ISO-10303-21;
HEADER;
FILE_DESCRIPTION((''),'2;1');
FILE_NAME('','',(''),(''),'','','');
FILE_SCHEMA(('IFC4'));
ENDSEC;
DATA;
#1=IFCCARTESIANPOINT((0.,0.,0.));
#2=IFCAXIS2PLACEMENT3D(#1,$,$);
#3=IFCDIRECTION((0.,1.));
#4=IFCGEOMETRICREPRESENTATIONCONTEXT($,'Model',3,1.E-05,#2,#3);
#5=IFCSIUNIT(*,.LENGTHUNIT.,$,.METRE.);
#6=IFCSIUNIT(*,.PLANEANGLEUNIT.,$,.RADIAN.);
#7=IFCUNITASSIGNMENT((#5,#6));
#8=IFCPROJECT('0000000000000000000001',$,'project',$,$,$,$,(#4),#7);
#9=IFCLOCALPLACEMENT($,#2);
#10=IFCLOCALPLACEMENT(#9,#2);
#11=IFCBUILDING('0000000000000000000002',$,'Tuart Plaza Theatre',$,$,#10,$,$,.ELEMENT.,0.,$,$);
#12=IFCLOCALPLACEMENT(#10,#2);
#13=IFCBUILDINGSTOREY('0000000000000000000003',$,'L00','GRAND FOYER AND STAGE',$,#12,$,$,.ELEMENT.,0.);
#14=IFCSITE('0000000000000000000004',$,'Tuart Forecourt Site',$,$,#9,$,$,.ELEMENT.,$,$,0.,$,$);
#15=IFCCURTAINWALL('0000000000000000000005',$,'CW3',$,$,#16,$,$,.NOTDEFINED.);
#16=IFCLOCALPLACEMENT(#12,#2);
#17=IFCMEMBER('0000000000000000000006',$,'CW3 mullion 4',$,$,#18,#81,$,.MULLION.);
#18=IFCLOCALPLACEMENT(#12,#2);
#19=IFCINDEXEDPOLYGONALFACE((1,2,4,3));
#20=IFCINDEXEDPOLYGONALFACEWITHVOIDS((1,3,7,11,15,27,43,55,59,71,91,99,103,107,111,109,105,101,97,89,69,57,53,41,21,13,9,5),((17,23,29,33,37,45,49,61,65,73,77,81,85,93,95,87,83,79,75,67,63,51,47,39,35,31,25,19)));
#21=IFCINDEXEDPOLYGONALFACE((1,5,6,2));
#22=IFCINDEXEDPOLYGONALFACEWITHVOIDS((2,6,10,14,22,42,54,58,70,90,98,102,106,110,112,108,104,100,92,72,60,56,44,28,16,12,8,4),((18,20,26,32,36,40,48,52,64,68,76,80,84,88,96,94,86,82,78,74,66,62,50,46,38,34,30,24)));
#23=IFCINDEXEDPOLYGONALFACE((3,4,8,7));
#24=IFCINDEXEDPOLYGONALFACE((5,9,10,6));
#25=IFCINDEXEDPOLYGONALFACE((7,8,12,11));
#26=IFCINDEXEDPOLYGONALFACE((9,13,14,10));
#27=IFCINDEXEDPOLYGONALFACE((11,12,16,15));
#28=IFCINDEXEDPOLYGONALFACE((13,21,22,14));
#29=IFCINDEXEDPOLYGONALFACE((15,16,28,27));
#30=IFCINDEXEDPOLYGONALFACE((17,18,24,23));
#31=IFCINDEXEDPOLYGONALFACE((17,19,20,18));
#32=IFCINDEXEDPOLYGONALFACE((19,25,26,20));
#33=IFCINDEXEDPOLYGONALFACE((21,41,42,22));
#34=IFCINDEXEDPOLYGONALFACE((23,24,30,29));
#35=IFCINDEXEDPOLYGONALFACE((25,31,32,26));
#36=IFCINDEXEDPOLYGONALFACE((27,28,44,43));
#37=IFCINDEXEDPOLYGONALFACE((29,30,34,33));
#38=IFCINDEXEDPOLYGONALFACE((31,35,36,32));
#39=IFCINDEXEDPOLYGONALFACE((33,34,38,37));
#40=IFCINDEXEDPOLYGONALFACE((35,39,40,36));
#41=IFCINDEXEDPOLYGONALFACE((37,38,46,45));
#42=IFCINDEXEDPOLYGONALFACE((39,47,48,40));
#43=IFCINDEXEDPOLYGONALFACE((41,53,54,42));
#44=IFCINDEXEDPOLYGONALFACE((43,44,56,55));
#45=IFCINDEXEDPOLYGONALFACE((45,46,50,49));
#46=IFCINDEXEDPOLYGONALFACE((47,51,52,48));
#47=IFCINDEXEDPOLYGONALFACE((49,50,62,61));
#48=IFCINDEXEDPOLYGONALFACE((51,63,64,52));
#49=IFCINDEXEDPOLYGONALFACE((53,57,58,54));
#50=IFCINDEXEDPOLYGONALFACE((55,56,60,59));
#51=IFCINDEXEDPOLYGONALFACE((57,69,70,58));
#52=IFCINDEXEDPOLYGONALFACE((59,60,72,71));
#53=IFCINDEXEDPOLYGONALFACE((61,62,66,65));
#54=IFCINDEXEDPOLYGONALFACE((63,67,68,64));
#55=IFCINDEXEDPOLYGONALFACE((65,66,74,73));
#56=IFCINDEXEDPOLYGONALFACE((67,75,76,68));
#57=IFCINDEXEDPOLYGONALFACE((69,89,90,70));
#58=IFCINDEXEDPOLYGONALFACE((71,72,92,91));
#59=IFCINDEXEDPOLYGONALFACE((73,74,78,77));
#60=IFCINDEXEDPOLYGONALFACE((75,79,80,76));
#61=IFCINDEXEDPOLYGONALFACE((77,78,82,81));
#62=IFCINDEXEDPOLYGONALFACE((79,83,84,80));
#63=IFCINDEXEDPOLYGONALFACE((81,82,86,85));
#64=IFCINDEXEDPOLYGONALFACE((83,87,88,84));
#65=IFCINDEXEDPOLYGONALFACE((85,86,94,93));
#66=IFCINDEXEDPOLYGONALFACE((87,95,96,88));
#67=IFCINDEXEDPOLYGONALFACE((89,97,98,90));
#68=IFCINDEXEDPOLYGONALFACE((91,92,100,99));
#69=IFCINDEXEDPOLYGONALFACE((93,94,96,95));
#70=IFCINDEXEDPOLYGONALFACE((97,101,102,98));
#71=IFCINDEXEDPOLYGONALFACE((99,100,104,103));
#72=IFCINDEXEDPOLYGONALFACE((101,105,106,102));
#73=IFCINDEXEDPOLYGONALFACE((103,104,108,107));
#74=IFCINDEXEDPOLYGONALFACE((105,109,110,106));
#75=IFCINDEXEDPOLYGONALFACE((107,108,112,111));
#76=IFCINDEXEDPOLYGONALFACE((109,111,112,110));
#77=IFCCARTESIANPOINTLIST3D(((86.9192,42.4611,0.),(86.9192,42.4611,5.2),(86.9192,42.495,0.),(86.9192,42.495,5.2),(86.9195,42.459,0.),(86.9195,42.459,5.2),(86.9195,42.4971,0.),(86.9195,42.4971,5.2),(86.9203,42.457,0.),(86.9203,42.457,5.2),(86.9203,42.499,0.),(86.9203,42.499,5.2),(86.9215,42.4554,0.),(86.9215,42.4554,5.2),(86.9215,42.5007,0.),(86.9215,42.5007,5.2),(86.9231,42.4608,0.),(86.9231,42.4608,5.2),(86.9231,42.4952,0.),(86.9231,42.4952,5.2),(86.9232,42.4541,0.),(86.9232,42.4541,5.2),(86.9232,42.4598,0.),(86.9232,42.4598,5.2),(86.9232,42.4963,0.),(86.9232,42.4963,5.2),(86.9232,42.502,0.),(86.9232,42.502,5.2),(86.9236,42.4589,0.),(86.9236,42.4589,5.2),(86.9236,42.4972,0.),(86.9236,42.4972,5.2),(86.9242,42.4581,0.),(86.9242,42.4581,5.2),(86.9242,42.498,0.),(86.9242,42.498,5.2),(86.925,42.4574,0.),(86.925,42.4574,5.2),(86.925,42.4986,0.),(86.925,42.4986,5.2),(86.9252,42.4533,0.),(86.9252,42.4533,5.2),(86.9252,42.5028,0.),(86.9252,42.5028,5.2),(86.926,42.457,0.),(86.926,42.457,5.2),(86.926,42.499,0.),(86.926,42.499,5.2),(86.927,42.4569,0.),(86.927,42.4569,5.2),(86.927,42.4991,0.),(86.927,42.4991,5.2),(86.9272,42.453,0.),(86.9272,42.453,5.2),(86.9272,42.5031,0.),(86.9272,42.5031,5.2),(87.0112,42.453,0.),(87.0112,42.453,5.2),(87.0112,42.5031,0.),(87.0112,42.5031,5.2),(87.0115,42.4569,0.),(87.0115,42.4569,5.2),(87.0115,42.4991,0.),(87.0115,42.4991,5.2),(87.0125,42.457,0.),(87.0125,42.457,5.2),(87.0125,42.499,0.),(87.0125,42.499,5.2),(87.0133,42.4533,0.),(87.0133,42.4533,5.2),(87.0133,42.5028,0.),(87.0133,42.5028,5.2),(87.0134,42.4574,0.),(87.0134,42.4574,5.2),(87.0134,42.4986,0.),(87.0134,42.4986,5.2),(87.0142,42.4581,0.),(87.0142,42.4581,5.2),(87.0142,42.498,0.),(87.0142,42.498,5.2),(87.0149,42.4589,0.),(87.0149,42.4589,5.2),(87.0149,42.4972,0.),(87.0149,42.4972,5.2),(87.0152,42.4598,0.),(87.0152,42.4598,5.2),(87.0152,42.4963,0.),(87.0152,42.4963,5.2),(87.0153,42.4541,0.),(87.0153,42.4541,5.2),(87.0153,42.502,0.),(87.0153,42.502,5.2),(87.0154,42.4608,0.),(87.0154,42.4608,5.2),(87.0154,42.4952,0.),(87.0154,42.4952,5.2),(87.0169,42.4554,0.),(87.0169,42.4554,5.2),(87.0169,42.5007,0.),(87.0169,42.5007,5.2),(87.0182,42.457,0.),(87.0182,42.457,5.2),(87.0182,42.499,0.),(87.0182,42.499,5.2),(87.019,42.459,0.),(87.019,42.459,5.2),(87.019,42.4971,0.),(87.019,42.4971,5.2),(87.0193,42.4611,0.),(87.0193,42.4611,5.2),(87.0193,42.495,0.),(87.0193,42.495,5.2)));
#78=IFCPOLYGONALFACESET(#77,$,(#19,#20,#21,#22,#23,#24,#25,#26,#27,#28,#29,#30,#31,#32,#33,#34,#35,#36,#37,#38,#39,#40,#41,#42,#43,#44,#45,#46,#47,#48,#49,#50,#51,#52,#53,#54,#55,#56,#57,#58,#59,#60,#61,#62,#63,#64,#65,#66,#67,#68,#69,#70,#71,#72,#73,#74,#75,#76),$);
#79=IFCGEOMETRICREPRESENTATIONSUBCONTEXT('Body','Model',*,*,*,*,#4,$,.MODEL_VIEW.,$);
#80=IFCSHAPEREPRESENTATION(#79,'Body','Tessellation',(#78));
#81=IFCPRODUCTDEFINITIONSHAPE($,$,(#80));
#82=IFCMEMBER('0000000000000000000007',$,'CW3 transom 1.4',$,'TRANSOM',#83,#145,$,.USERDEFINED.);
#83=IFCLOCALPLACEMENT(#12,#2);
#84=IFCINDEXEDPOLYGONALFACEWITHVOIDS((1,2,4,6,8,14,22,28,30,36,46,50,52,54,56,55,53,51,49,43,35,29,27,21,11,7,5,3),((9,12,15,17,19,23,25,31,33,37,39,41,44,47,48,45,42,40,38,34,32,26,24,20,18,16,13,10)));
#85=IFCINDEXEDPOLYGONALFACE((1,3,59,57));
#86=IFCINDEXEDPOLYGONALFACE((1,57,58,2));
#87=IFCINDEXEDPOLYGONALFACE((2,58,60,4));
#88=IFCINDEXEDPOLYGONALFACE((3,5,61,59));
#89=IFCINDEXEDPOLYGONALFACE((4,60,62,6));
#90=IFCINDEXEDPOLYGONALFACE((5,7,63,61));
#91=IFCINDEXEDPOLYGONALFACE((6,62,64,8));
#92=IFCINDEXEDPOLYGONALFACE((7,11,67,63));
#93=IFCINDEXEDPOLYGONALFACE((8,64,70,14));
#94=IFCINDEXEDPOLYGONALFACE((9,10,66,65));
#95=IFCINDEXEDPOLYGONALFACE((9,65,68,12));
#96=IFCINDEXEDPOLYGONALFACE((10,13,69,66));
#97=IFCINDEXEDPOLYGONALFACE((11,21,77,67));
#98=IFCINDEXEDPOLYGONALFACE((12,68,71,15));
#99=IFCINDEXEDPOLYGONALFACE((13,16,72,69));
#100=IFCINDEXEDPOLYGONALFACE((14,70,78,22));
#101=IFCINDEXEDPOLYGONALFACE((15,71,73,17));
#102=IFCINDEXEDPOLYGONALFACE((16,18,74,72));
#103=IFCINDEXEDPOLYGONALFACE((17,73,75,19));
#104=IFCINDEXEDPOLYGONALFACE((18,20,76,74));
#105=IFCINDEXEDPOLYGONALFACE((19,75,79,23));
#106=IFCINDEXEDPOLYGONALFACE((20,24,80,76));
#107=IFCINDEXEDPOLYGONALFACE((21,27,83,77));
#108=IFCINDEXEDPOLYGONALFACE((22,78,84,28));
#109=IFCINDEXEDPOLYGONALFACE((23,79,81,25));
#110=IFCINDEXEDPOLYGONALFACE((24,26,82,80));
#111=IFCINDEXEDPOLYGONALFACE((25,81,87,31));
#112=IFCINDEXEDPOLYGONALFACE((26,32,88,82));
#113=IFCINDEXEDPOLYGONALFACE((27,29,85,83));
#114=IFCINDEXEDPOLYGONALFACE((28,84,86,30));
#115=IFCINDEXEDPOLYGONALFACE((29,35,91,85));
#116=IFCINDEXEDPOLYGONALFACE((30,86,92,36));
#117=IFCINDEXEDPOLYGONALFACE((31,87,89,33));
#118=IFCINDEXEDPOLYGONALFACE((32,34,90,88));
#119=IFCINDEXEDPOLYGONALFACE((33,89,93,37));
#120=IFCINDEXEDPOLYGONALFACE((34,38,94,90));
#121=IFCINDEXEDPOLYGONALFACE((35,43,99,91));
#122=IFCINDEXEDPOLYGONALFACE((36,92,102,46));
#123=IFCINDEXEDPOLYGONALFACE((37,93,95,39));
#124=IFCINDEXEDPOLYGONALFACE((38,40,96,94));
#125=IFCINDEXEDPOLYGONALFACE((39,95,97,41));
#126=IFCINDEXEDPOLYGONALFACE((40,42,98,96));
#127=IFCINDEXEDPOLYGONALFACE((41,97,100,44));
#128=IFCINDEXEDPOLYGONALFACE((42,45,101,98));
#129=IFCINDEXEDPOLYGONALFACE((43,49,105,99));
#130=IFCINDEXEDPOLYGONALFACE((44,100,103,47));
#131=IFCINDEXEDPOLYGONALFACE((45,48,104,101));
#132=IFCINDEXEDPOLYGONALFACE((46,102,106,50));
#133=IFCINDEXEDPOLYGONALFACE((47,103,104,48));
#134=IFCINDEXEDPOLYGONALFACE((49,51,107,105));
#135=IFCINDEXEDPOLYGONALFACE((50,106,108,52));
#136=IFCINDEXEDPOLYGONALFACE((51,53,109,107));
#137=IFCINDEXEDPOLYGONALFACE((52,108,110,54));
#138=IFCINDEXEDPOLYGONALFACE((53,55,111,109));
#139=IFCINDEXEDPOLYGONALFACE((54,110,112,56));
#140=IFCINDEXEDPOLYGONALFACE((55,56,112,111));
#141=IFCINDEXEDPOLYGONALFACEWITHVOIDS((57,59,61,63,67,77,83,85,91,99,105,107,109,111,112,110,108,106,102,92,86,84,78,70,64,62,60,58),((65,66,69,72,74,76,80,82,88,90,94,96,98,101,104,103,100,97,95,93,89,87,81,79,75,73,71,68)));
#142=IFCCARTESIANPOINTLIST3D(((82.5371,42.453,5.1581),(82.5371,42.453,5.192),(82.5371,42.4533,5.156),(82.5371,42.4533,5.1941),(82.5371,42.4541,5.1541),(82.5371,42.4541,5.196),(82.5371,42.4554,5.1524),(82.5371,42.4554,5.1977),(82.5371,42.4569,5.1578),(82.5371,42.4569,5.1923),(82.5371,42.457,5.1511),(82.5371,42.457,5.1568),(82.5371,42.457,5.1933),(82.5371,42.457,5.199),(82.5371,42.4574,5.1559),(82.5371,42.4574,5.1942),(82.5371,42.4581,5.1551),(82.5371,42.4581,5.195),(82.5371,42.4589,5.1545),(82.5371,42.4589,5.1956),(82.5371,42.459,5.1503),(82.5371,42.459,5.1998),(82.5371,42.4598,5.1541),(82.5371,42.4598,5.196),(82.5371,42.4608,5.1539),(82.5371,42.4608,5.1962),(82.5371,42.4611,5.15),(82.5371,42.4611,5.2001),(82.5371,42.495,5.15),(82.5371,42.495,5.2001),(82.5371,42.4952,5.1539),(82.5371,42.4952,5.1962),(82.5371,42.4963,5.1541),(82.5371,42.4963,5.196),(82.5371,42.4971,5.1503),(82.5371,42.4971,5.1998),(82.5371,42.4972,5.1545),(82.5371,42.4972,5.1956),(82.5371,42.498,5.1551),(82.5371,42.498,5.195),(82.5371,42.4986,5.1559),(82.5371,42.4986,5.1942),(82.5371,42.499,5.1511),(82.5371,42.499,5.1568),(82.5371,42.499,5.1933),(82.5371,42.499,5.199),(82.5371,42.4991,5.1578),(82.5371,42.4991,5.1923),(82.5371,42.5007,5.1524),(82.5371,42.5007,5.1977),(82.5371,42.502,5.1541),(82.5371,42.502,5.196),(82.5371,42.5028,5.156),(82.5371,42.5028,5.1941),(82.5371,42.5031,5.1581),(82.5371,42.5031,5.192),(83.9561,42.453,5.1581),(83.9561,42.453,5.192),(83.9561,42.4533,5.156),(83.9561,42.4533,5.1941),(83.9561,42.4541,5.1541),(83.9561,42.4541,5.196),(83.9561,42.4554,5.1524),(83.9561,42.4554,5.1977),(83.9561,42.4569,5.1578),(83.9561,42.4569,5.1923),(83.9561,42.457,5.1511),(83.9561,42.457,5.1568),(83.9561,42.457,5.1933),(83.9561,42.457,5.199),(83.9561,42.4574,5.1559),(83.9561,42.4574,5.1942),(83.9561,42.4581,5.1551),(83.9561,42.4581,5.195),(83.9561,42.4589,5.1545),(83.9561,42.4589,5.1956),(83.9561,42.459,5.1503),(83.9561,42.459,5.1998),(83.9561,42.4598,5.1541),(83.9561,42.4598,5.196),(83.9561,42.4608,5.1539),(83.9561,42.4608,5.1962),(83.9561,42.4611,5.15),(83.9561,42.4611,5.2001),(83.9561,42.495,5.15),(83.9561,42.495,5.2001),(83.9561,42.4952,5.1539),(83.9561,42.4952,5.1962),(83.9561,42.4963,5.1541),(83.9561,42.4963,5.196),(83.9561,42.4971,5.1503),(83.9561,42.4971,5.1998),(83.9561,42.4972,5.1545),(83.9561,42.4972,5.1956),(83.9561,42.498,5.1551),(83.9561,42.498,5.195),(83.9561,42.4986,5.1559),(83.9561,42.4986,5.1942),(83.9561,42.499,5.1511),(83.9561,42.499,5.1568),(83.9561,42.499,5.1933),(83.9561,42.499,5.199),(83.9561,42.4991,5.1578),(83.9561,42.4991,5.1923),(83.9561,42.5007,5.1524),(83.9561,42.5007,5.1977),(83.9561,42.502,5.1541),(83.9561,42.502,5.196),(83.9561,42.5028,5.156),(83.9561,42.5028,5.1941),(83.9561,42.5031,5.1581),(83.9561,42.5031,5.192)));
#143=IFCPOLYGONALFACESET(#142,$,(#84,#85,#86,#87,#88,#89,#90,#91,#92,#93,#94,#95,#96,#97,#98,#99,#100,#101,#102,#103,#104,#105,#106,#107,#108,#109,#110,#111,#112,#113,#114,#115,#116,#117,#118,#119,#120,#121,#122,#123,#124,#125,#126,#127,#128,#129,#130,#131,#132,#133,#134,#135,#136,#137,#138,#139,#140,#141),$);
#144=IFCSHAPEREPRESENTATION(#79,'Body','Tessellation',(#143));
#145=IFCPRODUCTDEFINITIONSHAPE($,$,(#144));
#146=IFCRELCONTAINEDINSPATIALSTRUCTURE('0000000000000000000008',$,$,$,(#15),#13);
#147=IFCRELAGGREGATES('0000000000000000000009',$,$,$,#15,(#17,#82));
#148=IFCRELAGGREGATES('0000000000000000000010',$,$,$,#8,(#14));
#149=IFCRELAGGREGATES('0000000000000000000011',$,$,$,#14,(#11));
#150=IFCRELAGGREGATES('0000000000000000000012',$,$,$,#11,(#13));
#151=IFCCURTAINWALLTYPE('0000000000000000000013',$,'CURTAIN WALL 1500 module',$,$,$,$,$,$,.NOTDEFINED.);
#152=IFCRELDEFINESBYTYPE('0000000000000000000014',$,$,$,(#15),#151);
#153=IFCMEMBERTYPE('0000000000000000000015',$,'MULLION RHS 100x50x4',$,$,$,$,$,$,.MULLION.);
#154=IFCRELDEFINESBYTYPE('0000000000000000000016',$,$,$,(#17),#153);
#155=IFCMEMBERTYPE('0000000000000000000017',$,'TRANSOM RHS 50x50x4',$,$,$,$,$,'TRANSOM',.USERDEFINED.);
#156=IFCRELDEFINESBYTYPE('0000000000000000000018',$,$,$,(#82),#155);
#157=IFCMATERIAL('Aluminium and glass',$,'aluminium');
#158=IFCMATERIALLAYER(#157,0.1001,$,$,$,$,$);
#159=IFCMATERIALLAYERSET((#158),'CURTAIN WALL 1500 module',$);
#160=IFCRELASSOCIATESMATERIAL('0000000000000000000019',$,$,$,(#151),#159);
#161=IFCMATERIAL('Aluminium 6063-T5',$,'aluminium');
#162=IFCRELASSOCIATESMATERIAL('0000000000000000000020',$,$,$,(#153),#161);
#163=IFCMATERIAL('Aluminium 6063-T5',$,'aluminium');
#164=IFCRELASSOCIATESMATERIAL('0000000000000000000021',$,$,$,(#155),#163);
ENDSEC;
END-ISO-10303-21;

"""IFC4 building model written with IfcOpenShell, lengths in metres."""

from ifc_helpers import new_model, si_unit, direction, frame, origin, origin_2d, place, context, subcontext, project, spatial, hollow_rectangle, extrude, material, layer, layer_set, material_profile, profile_set, type_object, element, aggregate, save


model = new_model("IFC4")

# Units and contexts
model_context = context("Model", 3, precision=1e-05, world=origin(), true_north=direction((0.0, 1.0)))
body_context = subcontext(model_context, "Body", "Model", "MODEL_VIEW")
ifc_project = project(units=[si_unit("LENGTHUNIT", "METRE"), si_unit("PLANEANGLEUNIT", "RADIAN")], contexts=[model_context])

# Site, building, storey
site_placement = place(None, origin())
site = spatial("IfcSite", under=ifc_project, at=site_placement, Name="Tuart Forecourt Site", CompositionType="ELEMENT", RefElevation=0.0)
building_placement = place(site_placement, origin())
building = spatial("IfcBuilding", under=site, at=building_placement, Name="Tuart Plaza Theatre", CompositionType="ELEMENT", ElevationOfRefHeight=0.0)
storey_placement = place(building_placement, origin())
storey = spatial("IfcBuildingStorey", under=building, at=storey_placement, Name="L00", Description="GRAND FOYER AND STAGE", CompositionType="ELEMENT", Elevation=0.0)

# Curtain wall, members
ifc_material_1 = material(Name="Aluminium and glass", Category="aluminium")
ifc_layer_1 = layer(ifc_material_1, 0.1001)
ifc_layer_set_1 = layer_set([ifc_layer_1], Name="CURTAIN WALL 1500 module")
curtain_wall_type = type_object("IfcCurtainWallType", Name="CURTAIN WALL 1500 module", PredefinedType="NOTDEFINED", material=ifc_layer_set_1)
curtain_wall_placement = place(storey_placement, origin())
curtain_wall = element("IfcCurtainWall", 1, at=curtain_wall_placement, inside=storey, type_object=curtain_wall_type, Name="CW3", PredefinedType="NOTDEFINED")
ifc_material_2 = material(Name="Aluminium 6063-T5", Category="aluminium")
ifc_material_profile_1 = material_profile(ifc_material_2, hollow_rectangle(XDim=0.05, YDim=0.1001, WallThickness=0.0039, InnerFilletRadius=0.0039, OuterFilletRadius=0.0081, at=origin_2d()), Name="RHS 100x50x4")
ifc_profile_set_1 = profile_set([ifc_material_profile_1], Name="Aluminium 6063-T5")
member_type_1 = type_object("IfcMemberType", Name="MULLION RHS 100x50x4", PredefinedType="MULLION", material=ifc_profile_set_1)
member_1_placement = place(storey_placement, frame((86.9692, 42.478, 0.0), z_axis=(0.0, 0.0, 1.0), x_axis=(0.0, 1.0, 0.0)))
member_1 = element("IfcMember", 2, at=member_1_placement, type_object=member_type_1, Name="CW3 mullion 4", PredefinedType="MULLION", context=body_context, shape_type="SweptSolid", body=[
    extrude(hollow_rectangle(XDim=0.05, YDim=0.1001, WallThickness=0.0039, InnerFilletRadius=0.0039, OuterFilletRadius=0.0081, at=origin_2d()), origin(), (0.0, 0.0, 1.0), 5.2),
])
ifc_material_3 = material(Name="Aluminium 6063-T5", Category="aluminium")
ifc_material_profile_2 = material_profile(ifc_material_3, hollow_rectangle(XDim=0.05, YDim=0.05, WallThickness=0.0039, InnerFilletRadius=0.0039, OuterFilletRadius=0.0081, at=origin_2d()), Name="RHS 50x50x4")
ifc_profile_set_2 = profile_set([ifc_material_profile_2], Name="Aluminium 6063-T5")
member_type_2 = type_object("IfcMemberType", Name="TRANSOM RHS 50x50x4", ElementType="TRANSOM", PredefinedType="USERDEFINED", material=ifc_profile_set_2)
member_2_placement = place(storey_placement, frame((82.5371, 42.478, 5.175), z_axis=(1.0, 0.0, 0.0), x_axis=(0.0, 1.0, 0.0)))
member_2 = element("IfcMember", 3, at=member_2_placement, type_object=member_type_2, Name="CW3 transom 1.4", ObjectType="TRANSOM", PredefinedType="USERDEFINED", context=body_context, shape_type="SweptSolid", body=[
    extrude(hollow_rectangle(XDim=0.05, YDim=0.05, WallThickness=0.0039, InnerFilletRadius=0.0039, OuterFilletRadius=0.0081, at=origin_2d()), origin(), (0.0, 0.0, 1.0), 1.4189),
])
aggregate(curtain_wall, [member_1, member_2])

save(model, "model.ifc")
